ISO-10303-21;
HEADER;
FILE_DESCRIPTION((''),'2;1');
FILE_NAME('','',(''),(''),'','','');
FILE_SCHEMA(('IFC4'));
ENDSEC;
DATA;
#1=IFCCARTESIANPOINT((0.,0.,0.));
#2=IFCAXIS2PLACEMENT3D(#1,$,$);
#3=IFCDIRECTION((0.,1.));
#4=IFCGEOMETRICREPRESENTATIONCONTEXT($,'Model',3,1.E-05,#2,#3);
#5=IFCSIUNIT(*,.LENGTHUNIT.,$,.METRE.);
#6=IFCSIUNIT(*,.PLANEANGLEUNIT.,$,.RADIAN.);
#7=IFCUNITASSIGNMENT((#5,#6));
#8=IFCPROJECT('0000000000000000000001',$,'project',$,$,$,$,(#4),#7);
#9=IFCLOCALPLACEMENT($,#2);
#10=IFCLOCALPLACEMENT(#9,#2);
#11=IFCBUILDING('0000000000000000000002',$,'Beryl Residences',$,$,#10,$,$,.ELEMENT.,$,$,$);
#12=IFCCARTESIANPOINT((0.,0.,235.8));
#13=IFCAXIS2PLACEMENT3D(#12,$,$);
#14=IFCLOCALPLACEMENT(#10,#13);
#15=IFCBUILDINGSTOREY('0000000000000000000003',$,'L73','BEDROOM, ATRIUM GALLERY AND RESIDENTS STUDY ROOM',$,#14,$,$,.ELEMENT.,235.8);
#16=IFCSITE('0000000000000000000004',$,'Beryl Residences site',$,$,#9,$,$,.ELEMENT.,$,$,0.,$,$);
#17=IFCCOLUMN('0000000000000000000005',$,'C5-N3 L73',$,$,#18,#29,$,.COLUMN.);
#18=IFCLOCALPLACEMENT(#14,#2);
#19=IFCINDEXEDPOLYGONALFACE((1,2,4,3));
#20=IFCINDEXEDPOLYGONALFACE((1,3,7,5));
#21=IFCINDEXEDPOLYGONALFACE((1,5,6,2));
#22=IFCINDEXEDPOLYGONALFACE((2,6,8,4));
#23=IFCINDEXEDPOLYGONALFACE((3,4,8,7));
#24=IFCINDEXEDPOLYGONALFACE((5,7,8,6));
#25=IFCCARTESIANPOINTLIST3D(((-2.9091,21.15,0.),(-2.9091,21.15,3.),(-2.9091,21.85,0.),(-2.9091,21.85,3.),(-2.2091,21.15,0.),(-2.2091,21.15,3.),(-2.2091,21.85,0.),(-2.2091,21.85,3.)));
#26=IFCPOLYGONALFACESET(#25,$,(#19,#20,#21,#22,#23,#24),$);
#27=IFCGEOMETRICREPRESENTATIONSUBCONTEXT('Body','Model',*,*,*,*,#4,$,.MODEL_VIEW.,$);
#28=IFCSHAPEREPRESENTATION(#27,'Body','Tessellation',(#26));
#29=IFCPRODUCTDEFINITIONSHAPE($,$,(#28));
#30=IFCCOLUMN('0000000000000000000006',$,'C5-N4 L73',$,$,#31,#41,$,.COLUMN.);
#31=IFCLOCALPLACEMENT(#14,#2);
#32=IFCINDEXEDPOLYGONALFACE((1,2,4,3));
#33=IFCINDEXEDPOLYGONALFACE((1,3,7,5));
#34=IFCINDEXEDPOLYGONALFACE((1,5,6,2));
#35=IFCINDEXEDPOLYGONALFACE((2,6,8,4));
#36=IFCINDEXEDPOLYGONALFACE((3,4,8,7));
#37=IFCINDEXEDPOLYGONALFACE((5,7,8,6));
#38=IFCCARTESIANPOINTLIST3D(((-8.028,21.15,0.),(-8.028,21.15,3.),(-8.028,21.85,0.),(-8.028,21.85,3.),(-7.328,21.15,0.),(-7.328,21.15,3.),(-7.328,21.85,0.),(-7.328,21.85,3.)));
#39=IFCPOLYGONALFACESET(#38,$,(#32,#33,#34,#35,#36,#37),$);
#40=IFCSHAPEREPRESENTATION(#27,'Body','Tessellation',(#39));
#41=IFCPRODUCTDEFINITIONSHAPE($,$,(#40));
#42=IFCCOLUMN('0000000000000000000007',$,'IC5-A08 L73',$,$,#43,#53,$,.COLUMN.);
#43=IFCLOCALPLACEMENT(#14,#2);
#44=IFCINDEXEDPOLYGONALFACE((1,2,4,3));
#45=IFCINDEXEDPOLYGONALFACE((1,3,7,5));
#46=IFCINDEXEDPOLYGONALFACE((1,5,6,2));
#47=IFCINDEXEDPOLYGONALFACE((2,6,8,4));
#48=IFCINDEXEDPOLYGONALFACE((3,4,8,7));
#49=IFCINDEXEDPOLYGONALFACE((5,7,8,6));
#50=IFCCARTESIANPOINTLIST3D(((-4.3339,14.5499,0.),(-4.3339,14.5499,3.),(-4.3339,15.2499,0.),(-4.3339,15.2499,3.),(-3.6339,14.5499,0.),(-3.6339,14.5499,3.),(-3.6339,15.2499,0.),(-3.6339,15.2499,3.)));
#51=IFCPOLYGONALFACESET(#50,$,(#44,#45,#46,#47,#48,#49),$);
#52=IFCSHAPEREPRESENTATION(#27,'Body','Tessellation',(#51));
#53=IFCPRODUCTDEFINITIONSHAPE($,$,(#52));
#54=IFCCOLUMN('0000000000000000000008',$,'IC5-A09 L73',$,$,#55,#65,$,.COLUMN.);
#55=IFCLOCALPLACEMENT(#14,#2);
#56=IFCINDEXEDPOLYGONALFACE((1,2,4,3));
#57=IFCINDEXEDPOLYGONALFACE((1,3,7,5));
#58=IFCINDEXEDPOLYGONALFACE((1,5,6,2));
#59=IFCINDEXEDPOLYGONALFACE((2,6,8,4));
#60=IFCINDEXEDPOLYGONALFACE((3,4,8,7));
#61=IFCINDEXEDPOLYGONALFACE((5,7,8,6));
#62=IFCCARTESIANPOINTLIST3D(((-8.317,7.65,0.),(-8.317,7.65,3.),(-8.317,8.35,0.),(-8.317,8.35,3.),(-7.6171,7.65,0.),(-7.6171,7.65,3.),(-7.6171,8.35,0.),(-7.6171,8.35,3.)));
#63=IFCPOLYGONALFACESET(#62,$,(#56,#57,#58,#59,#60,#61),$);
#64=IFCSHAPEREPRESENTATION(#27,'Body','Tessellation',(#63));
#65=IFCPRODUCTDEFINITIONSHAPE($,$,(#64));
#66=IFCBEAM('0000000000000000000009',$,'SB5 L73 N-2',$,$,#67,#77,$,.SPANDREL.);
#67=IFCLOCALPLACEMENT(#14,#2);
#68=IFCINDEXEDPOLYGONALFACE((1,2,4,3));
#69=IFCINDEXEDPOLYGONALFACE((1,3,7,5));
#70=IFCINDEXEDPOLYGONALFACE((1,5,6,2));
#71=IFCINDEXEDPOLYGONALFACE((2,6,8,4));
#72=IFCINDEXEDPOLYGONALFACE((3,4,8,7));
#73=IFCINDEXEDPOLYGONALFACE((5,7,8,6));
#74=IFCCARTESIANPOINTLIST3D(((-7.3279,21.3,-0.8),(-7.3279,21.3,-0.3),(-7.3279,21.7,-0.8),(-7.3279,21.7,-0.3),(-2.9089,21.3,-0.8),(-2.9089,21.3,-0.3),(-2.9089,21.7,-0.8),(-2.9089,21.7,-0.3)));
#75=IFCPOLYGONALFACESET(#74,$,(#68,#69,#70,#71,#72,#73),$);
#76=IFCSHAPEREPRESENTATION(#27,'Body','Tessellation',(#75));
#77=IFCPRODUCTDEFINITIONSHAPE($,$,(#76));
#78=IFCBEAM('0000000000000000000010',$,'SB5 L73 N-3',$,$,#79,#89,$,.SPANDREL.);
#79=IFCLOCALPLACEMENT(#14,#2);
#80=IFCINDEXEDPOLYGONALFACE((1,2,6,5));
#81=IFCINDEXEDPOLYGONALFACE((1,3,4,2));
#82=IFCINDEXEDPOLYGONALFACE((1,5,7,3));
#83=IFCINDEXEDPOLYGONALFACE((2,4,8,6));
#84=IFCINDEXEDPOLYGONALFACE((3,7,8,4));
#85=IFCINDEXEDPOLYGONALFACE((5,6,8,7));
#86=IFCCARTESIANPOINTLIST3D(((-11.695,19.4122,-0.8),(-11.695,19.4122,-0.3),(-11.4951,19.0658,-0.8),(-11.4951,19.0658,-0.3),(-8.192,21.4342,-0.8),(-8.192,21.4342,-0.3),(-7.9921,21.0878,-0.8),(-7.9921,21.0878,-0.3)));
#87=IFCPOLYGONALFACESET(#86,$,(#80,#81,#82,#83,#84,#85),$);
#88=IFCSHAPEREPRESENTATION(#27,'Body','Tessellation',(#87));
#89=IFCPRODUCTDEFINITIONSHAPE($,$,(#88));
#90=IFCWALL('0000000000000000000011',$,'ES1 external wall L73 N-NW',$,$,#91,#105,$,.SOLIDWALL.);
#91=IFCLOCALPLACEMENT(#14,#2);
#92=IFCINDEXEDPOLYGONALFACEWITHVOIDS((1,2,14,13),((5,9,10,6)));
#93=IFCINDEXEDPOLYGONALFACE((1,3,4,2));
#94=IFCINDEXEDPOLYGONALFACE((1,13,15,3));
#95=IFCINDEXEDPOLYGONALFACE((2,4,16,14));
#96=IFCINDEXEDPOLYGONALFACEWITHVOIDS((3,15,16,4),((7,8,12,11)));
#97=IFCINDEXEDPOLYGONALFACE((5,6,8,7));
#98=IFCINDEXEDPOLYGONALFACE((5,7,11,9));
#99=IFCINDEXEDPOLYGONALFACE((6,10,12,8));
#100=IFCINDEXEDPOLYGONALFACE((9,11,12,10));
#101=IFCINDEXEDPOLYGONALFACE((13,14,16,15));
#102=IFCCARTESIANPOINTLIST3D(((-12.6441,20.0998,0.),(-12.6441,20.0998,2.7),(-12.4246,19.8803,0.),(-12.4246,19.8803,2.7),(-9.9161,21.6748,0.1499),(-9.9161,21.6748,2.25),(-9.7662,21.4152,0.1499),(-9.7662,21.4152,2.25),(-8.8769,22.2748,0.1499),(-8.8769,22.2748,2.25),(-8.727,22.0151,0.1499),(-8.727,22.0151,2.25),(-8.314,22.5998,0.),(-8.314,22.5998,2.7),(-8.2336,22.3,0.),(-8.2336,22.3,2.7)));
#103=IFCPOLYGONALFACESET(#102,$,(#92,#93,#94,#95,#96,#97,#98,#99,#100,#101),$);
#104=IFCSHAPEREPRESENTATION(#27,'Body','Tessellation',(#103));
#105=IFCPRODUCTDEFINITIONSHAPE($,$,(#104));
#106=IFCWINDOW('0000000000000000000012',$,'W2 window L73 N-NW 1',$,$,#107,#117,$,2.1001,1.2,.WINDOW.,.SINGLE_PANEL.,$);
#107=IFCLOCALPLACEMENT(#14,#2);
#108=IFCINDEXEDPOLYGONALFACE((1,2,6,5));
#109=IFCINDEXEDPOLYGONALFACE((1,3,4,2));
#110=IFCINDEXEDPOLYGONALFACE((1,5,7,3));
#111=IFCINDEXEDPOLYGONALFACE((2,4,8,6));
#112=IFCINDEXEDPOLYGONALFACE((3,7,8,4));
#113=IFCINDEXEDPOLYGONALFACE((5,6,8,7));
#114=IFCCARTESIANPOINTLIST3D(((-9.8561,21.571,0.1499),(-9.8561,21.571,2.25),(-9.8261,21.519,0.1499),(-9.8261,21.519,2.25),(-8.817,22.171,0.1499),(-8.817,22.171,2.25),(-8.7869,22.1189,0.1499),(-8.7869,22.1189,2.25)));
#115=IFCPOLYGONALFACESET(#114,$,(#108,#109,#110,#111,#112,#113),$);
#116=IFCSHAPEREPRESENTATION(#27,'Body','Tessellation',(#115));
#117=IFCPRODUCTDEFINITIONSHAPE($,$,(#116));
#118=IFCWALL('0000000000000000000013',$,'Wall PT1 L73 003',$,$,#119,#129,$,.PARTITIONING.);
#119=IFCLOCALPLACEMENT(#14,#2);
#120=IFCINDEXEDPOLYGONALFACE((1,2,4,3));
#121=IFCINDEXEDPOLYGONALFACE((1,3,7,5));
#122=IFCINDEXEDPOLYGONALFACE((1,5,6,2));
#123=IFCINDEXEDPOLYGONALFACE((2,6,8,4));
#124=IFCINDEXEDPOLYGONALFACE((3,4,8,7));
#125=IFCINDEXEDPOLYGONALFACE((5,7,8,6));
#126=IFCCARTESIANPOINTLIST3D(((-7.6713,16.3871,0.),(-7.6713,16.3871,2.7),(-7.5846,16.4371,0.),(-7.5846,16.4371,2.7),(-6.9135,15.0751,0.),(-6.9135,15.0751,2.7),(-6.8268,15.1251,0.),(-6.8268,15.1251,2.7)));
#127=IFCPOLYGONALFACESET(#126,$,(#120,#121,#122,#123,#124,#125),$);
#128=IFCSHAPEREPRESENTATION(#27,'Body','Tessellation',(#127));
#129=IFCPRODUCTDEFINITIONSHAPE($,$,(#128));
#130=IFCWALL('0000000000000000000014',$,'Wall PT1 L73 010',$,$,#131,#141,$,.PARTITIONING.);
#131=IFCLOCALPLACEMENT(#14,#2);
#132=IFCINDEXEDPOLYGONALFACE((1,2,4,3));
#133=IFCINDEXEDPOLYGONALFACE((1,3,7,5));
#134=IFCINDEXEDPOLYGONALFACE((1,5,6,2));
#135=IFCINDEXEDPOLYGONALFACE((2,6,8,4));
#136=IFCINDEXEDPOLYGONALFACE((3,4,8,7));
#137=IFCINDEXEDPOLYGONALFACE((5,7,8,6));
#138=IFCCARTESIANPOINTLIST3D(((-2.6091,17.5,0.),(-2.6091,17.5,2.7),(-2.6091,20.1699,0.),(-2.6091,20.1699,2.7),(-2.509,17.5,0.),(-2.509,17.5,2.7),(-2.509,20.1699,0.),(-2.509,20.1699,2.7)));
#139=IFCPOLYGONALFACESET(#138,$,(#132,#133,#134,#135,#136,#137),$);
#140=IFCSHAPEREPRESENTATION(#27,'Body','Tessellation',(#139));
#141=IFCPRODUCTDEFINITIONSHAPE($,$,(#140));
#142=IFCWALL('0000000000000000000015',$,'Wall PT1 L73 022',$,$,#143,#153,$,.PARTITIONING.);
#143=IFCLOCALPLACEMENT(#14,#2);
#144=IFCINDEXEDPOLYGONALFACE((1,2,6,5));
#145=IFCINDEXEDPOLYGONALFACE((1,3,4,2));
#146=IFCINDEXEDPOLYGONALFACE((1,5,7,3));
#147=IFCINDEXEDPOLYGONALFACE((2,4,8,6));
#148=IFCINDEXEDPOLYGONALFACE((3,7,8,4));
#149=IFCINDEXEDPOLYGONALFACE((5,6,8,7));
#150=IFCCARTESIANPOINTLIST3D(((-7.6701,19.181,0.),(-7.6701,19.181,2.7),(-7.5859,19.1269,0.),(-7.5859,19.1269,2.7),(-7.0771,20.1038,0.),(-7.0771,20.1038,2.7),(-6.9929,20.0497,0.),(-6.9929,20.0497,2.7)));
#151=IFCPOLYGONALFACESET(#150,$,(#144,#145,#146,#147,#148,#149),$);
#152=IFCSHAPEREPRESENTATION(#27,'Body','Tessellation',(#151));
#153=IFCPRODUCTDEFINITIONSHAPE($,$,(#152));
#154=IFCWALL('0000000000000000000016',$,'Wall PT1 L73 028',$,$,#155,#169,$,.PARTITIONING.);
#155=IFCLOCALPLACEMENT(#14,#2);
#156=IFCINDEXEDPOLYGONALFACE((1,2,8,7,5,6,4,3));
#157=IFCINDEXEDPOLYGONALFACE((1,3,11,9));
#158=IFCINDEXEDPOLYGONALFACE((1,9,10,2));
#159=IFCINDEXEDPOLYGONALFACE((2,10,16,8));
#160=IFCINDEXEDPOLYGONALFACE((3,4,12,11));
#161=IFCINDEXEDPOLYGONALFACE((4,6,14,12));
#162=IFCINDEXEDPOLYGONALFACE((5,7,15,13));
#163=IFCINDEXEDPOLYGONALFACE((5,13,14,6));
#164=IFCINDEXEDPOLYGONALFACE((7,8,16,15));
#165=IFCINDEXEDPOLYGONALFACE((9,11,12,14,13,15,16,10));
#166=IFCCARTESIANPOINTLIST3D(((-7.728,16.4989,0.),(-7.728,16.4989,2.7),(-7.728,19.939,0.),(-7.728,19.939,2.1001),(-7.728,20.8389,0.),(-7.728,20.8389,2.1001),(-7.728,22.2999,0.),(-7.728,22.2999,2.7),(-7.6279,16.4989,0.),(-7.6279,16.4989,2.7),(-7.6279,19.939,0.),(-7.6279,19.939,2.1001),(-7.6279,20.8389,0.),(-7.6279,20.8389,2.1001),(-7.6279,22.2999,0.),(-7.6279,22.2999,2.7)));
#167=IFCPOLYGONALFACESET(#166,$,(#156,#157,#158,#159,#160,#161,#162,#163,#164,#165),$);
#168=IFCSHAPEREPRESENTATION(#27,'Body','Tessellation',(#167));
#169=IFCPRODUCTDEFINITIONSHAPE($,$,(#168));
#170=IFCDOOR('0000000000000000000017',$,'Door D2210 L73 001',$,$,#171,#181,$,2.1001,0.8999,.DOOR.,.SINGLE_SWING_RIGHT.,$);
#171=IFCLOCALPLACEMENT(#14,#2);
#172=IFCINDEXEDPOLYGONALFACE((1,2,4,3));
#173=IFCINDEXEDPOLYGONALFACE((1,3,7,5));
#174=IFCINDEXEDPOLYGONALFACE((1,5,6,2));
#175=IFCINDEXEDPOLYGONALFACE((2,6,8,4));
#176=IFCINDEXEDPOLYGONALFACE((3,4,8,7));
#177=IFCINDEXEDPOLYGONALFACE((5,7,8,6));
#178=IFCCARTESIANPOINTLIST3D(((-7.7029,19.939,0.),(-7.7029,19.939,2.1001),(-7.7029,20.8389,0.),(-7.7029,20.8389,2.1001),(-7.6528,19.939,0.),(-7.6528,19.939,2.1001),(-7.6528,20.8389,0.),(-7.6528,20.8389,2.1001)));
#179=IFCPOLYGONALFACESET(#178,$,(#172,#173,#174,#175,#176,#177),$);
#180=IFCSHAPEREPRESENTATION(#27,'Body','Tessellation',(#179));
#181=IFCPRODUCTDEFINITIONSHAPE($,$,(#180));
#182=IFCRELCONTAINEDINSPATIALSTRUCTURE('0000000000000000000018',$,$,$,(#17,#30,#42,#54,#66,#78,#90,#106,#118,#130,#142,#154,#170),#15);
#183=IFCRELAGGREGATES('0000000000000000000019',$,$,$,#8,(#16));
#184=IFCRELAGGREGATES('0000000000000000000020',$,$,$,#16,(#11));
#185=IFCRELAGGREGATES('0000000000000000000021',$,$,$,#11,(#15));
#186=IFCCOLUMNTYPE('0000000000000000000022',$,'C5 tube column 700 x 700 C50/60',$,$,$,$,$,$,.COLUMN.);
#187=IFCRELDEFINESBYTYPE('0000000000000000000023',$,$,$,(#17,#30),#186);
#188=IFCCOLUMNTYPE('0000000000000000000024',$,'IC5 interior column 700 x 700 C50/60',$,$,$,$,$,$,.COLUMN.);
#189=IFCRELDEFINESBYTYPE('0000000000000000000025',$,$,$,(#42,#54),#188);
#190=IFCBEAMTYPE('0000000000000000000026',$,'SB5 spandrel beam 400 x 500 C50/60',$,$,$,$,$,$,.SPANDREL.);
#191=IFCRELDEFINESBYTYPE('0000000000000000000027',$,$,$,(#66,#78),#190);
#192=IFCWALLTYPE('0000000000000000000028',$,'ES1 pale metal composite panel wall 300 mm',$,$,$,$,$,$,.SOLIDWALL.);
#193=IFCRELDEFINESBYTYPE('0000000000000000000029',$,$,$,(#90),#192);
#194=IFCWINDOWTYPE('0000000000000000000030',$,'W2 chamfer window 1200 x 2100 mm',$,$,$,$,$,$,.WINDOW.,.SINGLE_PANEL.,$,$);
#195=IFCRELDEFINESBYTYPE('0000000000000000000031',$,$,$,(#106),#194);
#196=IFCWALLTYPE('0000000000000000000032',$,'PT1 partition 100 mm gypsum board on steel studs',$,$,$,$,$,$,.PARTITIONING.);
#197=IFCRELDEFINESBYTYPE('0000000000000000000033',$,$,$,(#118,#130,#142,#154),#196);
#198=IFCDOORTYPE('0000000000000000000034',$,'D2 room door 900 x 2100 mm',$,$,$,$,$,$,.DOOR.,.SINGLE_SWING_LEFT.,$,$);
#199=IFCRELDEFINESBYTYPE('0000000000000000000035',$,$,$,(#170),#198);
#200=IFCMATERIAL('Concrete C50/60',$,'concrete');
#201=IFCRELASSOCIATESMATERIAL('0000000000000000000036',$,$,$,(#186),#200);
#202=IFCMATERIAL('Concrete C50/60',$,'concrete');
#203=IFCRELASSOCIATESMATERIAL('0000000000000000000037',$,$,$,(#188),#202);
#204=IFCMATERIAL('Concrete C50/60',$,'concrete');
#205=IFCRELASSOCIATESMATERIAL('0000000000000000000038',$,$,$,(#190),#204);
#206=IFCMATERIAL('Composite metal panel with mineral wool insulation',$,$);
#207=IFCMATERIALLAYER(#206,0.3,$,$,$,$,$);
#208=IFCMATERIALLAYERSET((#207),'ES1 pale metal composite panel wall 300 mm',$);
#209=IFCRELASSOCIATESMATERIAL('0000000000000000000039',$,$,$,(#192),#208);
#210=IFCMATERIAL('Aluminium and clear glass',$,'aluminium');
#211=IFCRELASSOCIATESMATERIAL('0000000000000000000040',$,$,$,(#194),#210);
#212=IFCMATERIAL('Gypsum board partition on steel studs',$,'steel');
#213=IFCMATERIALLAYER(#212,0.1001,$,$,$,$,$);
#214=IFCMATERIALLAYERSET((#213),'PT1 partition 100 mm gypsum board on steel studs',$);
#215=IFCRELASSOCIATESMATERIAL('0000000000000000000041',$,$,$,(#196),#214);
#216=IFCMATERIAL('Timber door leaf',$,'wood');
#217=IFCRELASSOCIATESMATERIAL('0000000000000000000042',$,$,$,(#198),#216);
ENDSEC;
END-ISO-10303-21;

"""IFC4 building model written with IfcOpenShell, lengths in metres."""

from ifc_helpers import new_model, si_unit, direction, frame, frame_2d, origin, origin_2d, place, context, subcontext, project, spatial, polyline, rectangle, outline, extrude, material, layer, layer_set, material_profile, profile_set, type_object, element, fill, save


model = new_model("IFC4")

# Units and contexts
model_context = context("Model", 3, precision=1e-05, world=origin(), true_north=direction((0.0, 1.0)))
body_context = subcontext(model_context, "Body", "Model", "MODEL_VIEW")
ifc_project = project(units=[si_unit("LENGTHUNIT", "METRE"), si_unit("PLANEANGLEUNIT", "RADIAN")], contexts=[model_context])

# Site, building, storey
site_placement = place(None, origin())
site = spatial("IfcSite", under=ifc_project, at=site_placement, Name="Beryl Residences site", CompositionType="ELEMENT", RefElevation=0.0)
building_placement = place(site_placement, origin())
building = spatial("IfcBuilding", under=site, at=building_placement, Name="Beryl Residences", CompositionType="ELEMENT")
storey_placement = place(building_placement, frame((0.0, 0.0, 235.8)))
storey = spatial("IfcBuildingStorey", under=building, at=storey_placement, Name="L73", Description="BEDROOM, ATRIUM GALLERY AND RESIDENTS STUDY ROOM", CompositionType="ELEMENT", Elevation=235.8)

# Columns
ifc_material_1 = material(Name="Concrete C50/60", Category="concrete")
ifc_material_profile_1 = material_profile(ifc_material_1, rectangle(XDim=0.7, YDim=0.7, at=origin_2d()))
ifc_profile_set_1 = profile_set([ifc_material_profile_1], Name="Concrete C50/60")
column_type_1 = type_object("IfcColumnType", Name="C5 tube column 700 x 700 C50/60", PredefinedType="COLUMN", material=ifc_profile_set_1)
for number, where, z_axis, x_axis, name in (
    (1, (-2.5591, 21.5, 0.0), (0.0, 0.0, 1.0), (-1.0, 0.0, 0.0), "C5-N3 L73"),
    (2, (-7.678, 21.5, 0.0), (0.0, 0.0, 1.0), (-1.0, 0.0, 0.0), "C5-N4 L73"),
):
    element("IfcColumn", number, at=place(storey_placement, frame(where, z_axis=z_axis, x_axis=x_axis)), inside=storey, type_object=column_type_1, Name=name, PredefinedType="COLUMN", context=body_context, shape_type="SweptSolid", body=[
        extrude(rectangle(XDim=0.7, YDim=0.7, at=origin_2d()), origin(), (0.0, 0.0, 1.0), 3.0),
    ])
ifc_material_2 = material(Name="Concrete C50/60", Category="concrete")
ifc_material_profile_2 = material_profile(ifc_material_2, rectangle(XDim=0.7, YDim=0.7, at=origin_2d()))
ifc_profile_set_2 = profile_set([ifc_material_profile_2], Name="Concrete C50/60")
column_type_2 = type_object("IfcColumnType", Name="IC5 interior column 700 x 700 C50/60", PredefinedType="COLUMN", material=ifc_profile_set_2)
for number, where, z_axis, x_axis, name in (
    (3, (-3.9839, 14.8999, 0.0), (0.0, 0.0, 1.0), (1.0, 0.0, 0.0), "IC5-A08 L73"),
    (4, (-7.967, 8.0, 0.0), (0.0, 0.0, 1.0), (1.0, 0.0, 0.0), "IC5-A09 L73"),
):
    element("IfcColumn", number, at=place(storey_placement, frame(where, z_axis=z_axis, x_axis=x_axis)), inside=storey, type_object=column_type_2, Name=name, PredefinedType="COLUMN", context=body_context, shape_type="SweptSolid", body=[
        extrude(rectangle(XDim=0.7, YDim=0.7, at=origin_2d()), origin(), (0.0, 0.0, 1.0), 3.0),
    ])

# Beams
ifc_material_3 = material(Name="Concrete C50/60", Category="concrete")
ifc_material_profile_3 = material_profile(ifc_material_3, rectangle(XDim=0.3999, YDim=0.5, at=origin_2d()))
ifc_profile_set_3 = profile_set([ifc_material_profile_3], Name="Concrete C50/60")
beam_type = type_object("IfcBeamType", Name="SB5 spandrel beam 400 x 500 C50/60", PredefinedType="SPANDREL", material=ifc_profile_set_3)
beam_1_placement = place(storey_placement, frame((-2.9089, 21.5, -0.55), z_axis=(-1.0, 0.0, 0.0), x_axis=(0.0, -1.0, 0.0)))
element("IfcBeam", 5, at=beam_1_placement, inside=storey, type_object=beam_type, Name="SB5 L73 N-2", PredefinedType="SPANDREL", context=body_context, shape_type="SweptSolid", body=[
    extrude(rectangle(XDim=0.3999, YDim=0.5, at=origin_2d()), origin(), (0.0, 0.0, 1.0), 4.4189),
])
beam_2_placement = place(storey_placement, frame((-8.092, 21.261, -0.55), z_axis=(-0.866073, -0.499918, 0.0), x_axis=(0.499918, -0.866073, 0.0)))
element("IfcBeam", 6, at=beam_2_placement, inside=storey, type_object=beam_type, Name="SB5 L73 N-3", PredefinedType="SPANDREL", context=body_context, shape_type="SweptSolid", body=[
    extrude(rectangle(XDim=0.3999, YDim=0.5, at=origin_2d()), origin(), (0.0, 0.0, 1.0), 4.0447),
])

# Wall, opening, window
ifc_material_4 = material(Name="Composite metal panel with mineral wool insulation")
ifc_layer_1 = layer(ifc_material_4, 0.3)
ifc_layer_set_1 = layer_set([ifc_layer_1], Name="ES1 pale metal composite panel wall 300 mm")
wall_type_1 = type_object("IfcWallType", Name="ES1 pale metal composite panel wall 300 mm", PredefinedType="SOLIDWALL", material=ifc_layer_set_1)
wall_1_placement = place(storey_placement, frame((-8.239, 22.47, 0.0), z_axis=(0.0, 0.0, 1.0), x_axis=(-0.866023, -0.500004, 0.0)))
wall_1 = element("IfcWall", 7, at=wall_1_placement, inside=storey, type_object=wall_type_1, Name="ES1 external wall L73 N-NW", PredefinedType="SOLIDWALL", context=body_context, shape_type="SweptSolid", body=[
    extrude(outline(polyline([(0.0, -0.1499), (5.0, -0.1499), (4.9197, 0.1499), (0.0803, 0.1499), (0.0, -0.1499)])), origin(), (0.0, 0.0, 1.0), 2.7),
])
opening_1_placement = place(wall_1_placement, frame((0.6499, 0.0, 0.1499)))
opening_1 = element("IfcOpeningElement", 8, at=opening_1_placement, cuts=wall_1, PredefinedType="OPENING", context=body_context, shape_type="SweptSolid", body=[
    extrude(rectangle(XDim=1.2, YDim=2.1001, at=frame_2d((0.6001, 1.05))), frame((0.0, 0.1599, 0.0), z_axis=(0.0, -1.0, 0.0), x_axis=(1.0, 0.0, 0.0)), (0.0, 0.0, 1.0), 0.3201),
])
ifc_material_5 = material(Name="Aluminium and clear glass", Category="aluminium")
window_type = type_object("IfcWindowType", Name="W2 chamfer window 1200 x 2100 mm", PartitioningType="SINGLE_PANEL", PredefinedType="WINDOW", material=ifc_material_5)
window_placement = place(opening_1_placement, origin())
window = element("IfcWindow", 9, at=window_placement, inside=storey, type_object=window_type, Name="W2 window L73 N-NW 1", OverallHeight=2.1001, OverallWidth=1.2, PartitioningType="SINGLE_PANEL", PredefinedType="WINDOW", context=body_context, shape_type="SweptSolid", body=[
    extrude(rectangle(XDim=1.2, YDim=2.1001, at=frame_2d((0.6001, 1.05))), frame((0.0, 0.03, 0.0), z_axis=(0.0, -1.0, 0.0), x_axis=(1.0, 0.0, 0.0)), (0.0, 0.0, 1.0), 0.0601),
])
fill(opening_1, window)

# Walls
ifc_material_6 = material(Name="Gypsum board partition on steel studs", Category="steel")
ifc_layer_2 = layer(ifc_material_6, 0.1001)
ifc_layer_set_2 = layer_set([ifc_layer_2], Name="PT1 partition 100 mm gypsum board on steel studs")
wall_type_2 = type_object("IfcWallType", Name="PT1 partition 100 mm gypsum board on steel studs", PredefinedType="PARTITIONING", material=ifc_layer_set_2)
wall_2_placement = place(storey_placement, frame((-7.6279, 16.4121, 0.0), z_axis=(0.0, 0.0, 1.0), x_axis=(0.500159, -0.865933, 0.0)))
element("IfcWall", 10, at=wall_2_placement, inside=storey, type_object=wall_type_2, Name="Wall PT1 L73 003", PredefinedType="PARTITIONING", context=body_context, shape_type="SweptSolid", body=[
    extrude(rectangle(XDim=1.5151, YDim=0.1001, at=frame_2d((0.7576, 0.0))), origin(), (0.0, 0.0, 1.0), 2.7),
])
wall_3_placement = place(storey_placement, frame((-2.5591, 20.1699, 0.0), z_axis=(0.0, 0.0, 1.0), x_axis=(0.0, -1.0, 0.0)))
element("IfcWall", 11, at=wall_3_placement, inside=storey, type_object=wall_type_2, Name="Wall PT1 L73 010", PredefinedType="PARTITIONING", context=body_context, shape_type="SweptSolid", body=[
    extrude(rectangle(XDim=2.6699, YDim=0.1001, at=frame_2d((1.335, 0.0))), origin(), (0.0, 0.0, 1.0), 2.7),
])
wall_4_placement = place(storey_placement, frame((-7.6279, 19.1541, 0.0), z_axis=(0.0, 0.0, 1.0), x_axis=(0.5406, 0.84128, 0.0)))
element("IfcWall", 12, at=wall_4_placement, inside=storey, type_object=wall_type_2, Name="Wall PT1 L73 022", PredefinedType="PARTITIONING", context=body_context, shape_type="SweptSolid", body=[
    extrude(rectangle(XDim=1.0969, YDim=0.1001, at=frame_2d((0.5483, 0.0))), origin(), (0.0, 0.0, 1.0), 2.7),
])

# Wall, opening, door
wall_5_placement = place(storey_placement, frame((-7.678, 16.499, 0.0), z_axis=(0.0, 0.0, 1.0), x_axis=(0.0, 1.0, 0.0)))
wall_5 = element("IfcWall", 13, at=wall_5_placement, inside=storey, type_object=wall_type_2, Name="Wall PT1 L73 028", PredefinedType="PARTITIONING", context=body_context, shape_type="SweptSolid", body=[
    extrude(rectangle(XDim=5.801, YDim=0.1001, at=frame_2d((2.9004, 0.0))), origin(), (0.0, 0.0, 1.0), 2.7),
])
opening_2_placement = place(wall_5_placement, frame((3.4399, 0.0, 0.0)))
opening_2 = element("IfcOpeningElement", 14, at=opening_2_placement, cuts=wall_5, PredefinedType="OPENING", context=body_context, shape_type="SweptSolid", body=[
    extrude(rectangle(XDim=0.8999, YDim=2.1001, at=frame_2d((0.45, 1.05))), frame((0.0, 0.0601, 0.0), z_axis=(0.0, -1.0, 0.0), x_axis=(1.0, 0.0, 0.0)), (0.0, 0.0, 1.0), 0.1201),
])
ifc_material_7 = material(Name="Timber door leaf", Category="wood")
door_type_1 = type_object("IfcDoorType", Name="D2 room door 900 x 2100 mm", OperationType="SINGLE_SWING_LEFT", PredefinedType="DOOR", material=ifc_material_7)
door_1_placement = place(opening_2_placement, origin())
door_1 = element("IfcDoor", 15, at=door_1_placement, inside=storey, type_object=door_type_1, Name="Door D2210 L73 001", OperationType="SINGLE_SWING_RIGHT", OverallHeight=2.1001, OverallWidth=0.8999, PredefinedType="DOOR", context=body_context, shape_type="SweptSolid", body=[
    extrude(rectangle(XDim=0.8999, YDim=2.1001, at=frame_2d((0.45, 1.05))), frame((0.0, 0.0249, 0.0), z_axis=(0.0, -1.0, 0.0), x_axis=(1.0, 0.0, 0.0)), (0.0, 0.0, 1.0), 0.05),
])
fill(opening_2, door_1)

save(model, "model.ifc")
